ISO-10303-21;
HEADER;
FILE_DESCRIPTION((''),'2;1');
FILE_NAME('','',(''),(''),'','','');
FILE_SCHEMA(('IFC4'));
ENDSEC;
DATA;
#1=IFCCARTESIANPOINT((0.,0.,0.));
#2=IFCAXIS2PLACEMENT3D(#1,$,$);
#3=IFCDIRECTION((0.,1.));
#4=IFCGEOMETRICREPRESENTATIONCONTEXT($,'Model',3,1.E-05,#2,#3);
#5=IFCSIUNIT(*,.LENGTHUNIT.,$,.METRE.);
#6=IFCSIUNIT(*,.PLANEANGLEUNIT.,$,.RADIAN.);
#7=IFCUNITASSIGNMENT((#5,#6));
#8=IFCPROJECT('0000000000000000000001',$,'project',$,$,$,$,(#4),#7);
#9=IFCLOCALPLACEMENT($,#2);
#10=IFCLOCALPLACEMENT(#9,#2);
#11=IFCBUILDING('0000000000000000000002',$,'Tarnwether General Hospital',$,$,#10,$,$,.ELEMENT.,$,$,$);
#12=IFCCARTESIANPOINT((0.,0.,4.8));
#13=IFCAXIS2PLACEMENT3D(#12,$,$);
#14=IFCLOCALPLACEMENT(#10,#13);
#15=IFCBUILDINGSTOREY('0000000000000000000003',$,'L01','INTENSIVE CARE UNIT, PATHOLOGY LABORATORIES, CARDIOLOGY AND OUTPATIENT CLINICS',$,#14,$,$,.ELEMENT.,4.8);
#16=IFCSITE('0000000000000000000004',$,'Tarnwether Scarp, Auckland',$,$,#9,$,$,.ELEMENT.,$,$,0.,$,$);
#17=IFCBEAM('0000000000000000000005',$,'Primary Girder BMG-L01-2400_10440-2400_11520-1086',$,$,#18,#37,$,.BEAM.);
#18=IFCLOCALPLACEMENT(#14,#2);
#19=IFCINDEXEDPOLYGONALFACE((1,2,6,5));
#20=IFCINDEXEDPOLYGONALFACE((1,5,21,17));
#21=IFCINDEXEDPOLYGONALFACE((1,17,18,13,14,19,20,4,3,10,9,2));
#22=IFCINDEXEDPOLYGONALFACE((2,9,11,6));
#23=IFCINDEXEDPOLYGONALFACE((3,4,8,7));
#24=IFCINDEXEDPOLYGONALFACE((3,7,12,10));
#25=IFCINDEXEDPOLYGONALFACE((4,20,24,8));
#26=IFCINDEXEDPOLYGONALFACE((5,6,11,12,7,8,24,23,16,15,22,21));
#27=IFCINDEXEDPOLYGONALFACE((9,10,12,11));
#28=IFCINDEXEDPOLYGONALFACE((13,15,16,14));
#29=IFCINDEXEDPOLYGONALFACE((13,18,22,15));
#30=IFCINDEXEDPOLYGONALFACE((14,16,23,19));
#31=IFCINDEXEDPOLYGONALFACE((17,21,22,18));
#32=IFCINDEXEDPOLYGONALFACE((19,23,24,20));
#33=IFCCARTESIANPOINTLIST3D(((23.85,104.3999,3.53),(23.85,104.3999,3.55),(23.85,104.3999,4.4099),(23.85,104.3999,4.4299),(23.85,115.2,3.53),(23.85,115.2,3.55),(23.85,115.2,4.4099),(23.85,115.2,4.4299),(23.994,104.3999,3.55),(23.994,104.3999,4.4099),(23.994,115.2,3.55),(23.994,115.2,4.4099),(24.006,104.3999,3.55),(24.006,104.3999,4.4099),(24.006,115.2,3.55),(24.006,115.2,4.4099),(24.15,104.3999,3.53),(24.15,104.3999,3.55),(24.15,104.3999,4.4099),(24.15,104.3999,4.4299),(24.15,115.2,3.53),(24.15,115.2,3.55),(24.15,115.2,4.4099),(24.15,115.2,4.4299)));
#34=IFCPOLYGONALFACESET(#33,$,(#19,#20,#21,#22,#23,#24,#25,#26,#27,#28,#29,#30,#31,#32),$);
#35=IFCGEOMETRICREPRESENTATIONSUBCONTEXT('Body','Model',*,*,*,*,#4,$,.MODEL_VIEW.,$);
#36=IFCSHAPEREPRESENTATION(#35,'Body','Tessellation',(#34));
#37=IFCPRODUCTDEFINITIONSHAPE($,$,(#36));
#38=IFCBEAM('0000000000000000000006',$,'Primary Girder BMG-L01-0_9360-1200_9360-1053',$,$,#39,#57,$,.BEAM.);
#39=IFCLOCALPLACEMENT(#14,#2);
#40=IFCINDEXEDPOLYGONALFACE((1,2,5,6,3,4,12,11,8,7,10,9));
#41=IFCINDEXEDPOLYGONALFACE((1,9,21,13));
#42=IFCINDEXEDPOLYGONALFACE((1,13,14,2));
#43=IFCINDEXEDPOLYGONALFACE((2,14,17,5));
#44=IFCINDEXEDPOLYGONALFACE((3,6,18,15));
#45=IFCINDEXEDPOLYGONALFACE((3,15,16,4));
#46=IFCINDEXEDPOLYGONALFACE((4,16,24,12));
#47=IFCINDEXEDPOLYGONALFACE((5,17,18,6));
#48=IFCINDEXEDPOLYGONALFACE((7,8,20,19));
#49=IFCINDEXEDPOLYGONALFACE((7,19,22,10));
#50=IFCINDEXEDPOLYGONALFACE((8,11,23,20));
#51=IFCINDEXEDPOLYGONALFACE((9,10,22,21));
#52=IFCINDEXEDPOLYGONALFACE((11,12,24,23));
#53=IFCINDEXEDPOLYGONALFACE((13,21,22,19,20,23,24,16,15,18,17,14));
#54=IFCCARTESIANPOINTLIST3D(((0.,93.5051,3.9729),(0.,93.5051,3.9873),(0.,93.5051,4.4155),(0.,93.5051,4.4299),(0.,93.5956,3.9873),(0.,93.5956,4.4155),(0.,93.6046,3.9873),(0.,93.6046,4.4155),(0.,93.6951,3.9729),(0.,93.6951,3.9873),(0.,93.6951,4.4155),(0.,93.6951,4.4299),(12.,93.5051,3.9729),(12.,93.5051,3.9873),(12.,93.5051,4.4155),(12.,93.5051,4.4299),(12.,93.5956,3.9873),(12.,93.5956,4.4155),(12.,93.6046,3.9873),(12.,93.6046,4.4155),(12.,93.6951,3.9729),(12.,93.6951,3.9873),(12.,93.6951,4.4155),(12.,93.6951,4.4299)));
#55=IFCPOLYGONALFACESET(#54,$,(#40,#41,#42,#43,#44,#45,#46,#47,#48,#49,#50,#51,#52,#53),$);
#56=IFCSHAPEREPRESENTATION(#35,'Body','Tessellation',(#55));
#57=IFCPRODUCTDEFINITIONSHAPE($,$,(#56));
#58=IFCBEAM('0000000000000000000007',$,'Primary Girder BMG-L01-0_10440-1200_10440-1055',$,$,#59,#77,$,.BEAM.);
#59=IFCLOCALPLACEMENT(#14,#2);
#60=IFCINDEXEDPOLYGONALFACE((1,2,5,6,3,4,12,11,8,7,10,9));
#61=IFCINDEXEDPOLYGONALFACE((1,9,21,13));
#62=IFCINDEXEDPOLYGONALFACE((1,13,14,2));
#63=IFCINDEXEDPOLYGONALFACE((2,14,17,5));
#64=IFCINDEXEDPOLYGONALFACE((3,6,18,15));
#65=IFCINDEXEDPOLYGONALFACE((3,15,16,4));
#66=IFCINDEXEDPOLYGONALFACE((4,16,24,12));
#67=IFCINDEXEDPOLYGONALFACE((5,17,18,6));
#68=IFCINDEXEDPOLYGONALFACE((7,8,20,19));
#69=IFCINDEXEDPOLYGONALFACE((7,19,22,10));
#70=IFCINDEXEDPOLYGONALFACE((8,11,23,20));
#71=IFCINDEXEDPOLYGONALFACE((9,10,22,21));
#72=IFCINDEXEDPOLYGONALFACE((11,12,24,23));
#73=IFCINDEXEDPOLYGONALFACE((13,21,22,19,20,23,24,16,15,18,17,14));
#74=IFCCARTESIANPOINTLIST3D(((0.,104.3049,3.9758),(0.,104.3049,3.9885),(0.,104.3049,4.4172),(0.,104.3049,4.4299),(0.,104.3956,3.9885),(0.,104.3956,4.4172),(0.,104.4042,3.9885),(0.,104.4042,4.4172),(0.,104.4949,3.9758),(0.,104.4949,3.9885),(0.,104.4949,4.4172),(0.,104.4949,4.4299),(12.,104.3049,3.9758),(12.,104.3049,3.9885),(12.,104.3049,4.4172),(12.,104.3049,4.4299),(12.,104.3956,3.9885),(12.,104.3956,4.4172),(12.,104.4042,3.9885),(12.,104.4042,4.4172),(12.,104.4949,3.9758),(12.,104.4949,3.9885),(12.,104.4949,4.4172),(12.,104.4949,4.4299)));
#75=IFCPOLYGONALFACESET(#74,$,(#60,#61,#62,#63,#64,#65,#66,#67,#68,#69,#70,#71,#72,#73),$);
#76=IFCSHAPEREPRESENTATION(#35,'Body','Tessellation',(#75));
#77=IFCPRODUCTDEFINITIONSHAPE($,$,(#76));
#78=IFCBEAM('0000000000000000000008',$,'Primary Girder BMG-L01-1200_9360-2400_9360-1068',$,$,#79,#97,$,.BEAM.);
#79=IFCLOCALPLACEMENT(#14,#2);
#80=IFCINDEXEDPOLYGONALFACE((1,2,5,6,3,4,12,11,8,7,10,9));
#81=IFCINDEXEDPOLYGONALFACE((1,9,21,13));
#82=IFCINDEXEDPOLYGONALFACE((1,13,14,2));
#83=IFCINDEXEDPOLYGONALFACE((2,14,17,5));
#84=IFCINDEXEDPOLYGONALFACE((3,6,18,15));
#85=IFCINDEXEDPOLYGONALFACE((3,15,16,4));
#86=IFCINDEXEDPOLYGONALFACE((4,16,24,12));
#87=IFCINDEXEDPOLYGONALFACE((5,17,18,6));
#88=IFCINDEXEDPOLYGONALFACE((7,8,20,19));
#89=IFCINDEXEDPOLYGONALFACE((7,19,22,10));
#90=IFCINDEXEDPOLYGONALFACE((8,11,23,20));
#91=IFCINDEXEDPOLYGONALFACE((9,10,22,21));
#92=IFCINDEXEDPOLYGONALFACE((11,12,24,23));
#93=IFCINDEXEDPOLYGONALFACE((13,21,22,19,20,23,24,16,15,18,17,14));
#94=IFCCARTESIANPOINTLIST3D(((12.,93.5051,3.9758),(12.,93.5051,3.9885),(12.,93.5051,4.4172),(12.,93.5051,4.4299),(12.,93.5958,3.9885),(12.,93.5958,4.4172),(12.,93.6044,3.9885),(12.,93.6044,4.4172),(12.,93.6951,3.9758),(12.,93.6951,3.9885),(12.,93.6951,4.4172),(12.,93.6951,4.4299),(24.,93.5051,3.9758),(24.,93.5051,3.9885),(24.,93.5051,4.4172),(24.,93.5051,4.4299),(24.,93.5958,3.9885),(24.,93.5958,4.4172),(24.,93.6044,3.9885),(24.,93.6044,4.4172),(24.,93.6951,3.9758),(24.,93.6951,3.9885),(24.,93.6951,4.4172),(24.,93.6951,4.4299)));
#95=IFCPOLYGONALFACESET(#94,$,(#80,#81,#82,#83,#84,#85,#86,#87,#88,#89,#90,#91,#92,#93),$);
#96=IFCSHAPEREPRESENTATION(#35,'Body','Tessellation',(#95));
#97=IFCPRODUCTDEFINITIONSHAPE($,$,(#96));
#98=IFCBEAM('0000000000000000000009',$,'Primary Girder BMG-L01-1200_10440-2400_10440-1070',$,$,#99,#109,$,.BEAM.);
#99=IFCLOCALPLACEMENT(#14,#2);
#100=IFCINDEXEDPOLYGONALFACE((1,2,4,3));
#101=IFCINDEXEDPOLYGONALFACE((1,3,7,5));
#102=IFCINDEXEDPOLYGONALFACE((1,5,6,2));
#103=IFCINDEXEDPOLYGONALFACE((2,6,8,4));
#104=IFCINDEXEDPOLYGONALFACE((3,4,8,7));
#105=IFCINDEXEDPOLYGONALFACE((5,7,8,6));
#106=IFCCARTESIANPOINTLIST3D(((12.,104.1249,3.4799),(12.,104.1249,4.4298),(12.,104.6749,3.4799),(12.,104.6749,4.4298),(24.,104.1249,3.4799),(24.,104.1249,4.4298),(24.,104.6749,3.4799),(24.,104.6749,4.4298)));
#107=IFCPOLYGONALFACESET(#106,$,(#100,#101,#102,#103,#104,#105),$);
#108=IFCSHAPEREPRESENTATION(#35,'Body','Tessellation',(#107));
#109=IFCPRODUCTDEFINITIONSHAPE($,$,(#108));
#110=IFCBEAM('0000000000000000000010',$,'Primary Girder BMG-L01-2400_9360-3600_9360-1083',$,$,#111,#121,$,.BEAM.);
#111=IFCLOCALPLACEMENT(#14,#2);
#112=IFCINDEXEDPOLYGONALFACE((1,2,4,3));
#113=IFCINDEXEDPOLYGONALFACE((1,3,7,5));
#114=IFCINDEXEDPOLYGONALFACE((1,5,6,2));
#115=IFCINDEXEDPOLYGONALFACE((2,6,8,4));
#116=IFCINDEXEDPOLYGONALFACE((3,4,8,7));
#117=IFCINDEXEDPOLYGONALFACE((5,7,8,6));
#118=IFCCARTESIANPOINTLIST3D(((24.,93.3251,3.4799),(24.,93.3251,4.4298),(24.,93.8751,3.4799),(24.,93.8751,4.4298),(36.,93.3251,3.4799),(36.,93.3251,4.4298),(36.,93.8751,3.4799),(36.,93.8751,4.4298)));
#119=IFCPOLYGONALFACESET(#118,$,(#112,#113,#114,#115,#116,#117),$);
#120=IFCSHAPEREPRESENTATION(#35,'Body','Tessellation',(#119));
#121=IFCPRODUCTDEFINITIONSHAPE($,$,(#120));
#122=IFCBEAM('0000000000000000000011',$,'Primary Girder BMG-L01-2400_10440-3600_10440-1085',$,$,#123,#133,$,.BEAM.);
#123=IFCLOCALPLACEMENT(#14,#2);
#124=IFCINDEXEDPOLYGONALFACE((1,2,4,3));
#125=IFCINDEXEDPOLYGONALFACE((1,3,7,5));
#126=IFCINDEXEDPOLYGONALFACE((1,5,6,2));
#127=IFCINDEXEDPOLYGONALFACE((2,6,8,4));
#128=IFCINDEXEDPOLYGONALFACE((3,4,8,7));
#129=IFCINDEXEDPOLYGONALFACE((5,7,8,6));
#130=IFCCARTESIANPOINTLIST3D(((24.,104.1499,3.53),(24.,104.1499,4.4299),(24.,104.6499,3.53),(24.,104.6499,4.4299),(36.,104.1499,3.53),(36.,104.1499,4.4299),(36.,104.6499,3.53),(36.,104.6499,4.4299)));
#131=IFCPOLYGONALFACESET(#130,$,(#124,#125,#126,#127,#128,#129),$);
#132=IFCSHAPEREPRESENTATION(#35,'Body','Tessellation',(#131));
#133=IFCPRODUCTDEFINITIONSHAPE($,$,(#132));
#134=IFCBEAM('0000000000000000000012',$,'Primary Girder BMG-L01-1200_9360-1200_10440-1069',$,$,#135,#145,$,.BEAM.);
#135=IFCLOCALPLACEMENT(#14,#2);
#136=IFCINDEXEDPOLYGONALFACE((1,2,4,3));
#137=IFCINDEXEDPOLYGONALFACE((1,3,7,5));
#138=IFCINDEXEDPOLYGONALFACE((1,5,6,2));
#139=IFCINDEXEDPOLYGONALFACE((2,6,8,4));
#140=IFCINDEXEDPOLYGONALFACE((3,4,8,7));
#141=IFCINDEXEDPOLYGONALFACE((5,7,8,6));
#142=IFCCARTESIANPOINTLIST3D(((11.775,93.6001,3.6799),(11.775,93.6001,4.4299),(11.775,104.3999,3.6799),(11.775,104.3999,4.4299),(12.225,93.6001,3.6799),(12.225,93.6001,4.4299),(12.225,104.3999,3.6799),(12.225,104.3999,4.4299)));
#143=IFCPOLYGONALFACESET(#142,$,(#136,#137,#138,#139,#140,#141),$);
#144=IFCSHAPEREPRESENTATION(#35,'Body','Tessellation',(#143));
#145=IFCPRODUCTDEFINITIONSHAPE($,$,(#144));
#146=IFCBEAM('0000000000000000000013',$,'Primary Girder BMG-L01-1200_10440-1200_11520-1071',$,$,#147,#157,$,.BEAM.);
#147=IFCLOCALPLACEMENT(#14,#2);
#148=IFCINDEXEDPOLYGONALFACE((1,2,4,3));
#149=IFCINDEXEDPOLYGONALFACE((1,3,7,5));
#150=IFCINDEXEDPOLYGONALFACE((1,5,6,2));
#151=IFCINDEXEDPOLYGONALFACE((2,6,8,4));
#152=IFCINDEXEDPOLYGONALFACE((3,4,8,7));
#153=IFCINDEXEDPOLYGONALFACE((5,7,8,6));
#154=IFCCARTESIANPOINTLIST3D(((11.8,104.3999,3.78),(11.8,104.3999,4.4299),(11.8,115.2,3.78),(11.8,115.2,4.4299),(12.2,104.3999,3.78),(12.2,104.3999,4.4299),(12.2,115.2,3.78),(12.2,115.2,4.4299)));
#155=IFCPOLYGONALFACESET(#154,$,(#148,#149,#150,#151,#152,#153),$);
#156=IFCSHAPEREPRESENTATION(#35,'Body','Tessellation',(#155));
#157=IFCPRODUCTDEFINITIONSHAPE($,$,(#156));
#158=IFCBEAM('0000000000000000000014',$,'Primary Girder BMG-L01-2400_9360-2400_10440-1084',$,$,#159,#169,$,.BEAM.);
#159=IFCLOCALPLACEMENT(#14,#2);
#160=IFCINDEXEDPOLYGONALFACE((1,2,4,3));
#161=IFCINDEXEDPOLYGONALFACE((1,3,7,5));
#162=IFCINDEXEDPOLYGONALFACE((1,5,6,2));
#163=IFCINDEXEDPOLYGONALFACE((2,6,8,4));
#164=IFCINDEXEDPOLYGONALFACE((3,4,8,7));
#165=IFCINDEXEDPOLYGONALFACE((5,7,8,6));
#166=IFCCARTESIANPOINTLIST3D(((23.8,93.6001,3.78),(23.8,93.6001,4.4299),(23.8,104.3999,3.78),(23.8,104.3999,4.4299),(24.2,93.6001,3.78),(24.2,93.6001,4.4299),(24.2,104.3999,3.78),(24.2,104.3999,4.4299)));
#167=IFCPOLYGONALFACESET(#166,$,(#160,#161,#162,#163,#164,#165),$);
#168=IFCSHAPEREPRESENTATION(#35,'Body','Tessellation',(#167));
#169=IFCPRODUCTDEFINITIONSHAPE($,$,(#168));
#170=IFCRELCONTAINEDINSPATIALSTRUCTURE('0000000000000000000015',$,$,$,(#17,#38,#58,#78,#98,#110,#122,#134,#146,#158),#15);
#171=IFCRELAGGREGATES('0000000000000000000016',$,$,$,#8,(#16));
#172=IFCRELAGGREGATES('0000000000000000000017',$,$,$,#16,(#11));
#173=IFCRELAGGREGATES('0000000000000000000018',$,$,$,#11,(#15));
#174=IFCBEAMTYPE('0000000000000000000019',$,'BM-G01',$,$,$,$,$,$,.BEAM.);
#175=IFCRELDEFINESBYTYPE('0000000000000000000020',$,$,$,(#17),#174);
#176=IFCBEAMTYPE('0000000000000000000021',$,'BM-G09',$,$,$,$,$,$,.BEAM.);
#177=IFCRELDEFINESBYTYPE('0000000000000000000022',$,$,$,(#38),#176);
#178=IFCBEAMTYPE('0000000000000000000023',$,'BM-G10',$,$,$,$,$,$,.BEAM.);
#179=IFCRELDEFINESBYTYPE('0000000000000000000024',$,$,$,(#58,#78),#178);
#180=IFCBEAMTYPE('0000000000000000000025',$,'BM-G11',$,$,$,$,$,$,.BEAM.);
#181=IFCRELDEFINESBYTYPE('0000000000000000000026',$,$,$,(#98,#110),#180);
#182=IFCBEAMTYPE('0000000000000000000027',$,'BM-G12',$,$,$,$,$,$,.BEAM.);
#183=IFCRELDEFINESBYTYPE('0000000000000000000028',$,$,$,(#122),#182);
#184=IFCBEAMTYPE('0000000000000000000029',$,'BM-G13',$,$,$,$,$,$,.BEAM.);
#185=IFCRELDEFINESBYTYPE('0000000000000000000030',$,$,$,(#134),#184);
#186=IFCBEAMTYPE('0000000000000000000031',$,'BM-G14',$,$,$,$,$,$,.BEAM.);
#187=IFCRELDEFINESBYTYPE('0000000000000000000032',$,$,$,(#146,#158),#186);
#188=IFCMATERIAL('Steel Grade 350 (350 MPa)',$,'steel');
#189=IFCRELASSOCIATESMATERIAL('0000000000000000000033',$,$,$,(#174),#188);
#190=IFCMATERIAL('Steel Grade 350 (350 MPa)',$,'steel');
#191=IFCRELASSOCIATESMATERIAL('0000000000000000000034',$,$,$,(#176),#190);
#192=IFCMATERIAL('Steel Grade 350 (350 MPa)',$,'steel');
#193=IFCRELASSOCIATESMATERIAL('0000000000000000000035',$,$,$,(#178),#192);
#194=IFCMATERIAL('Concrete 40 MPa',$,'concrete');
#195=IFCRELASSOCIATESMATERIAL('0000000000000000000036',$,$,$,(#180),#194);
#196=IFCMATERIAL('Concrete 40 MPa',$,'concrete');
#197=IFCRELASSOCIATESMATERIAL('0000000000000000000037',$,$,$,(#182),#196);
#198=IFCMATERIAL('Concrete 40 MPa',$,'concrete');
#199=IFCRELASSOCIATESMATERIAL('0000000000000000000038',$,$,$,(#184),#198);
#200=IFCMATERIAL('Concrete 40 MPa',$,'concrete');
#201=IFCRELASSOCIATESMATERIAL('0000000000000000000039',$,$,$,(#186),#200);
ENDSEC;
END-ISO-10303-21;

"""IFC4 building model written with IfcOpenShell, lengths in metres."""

from ifc_helpers import new_model, si_unit, direction, frame, origin, origin_2d, place, context, subcontext, project, spatial, rectangle, i_section, extrude, material, material_profile, profile_set, type_object, element, save


model = new_model("IFC4")

# Units and contexts
model_context = context("Model", 3, precision=1e-05, world=origin(), true_north=direction((0.0, 1.0)))
body_context = subcontext(model_context, "Body", "Model", "MODEL_VIEW")
ifc_project = project(units=[si_unit("LENGTHUNIT", "METRE"), si_unit("PLANEANGLEUNIT", "RADIAN")], contexts=[model_context])

# Site, building, storey
site_placement = place(None, origin())
site = spatial("IfcSite", under=ifc_project, at=site_placement, Name="Tarnwether Scarp, Auckland", CompositionType="ELEMENT", RefElevation=0.0)
building_placement = place(site_placement, origin())
building = spatial("IfcBuilding", under=site, at=building_placement, Name="Tarnwether General Hospital", CompositionType="ELEMENT")
storey_placement = place(building_placement, frame((0.0, 0.0, 4.8)))
storey = spatial("IfcBuildingStorey", under=building, at=storey_placement, Name="L01", Description="INTENSIVE CARE UNIT, PATHOLOGY LABORATORIES, CARDIOLOGY AND OUTPATIENT CLINICS", CompositionType="ELEMENT", Elevation=4.8)

# Beams
ifc_material_1 = material(Name="Steel Grade 350 (350 MPa)", Category="steel")
ifc_material_profile_1 = material_profile(ifc_material_1, i_section(OverallWidth=0.3, OverallDepth=0.8999, WebThickness=0.012, FlangeThickness=0.02, at=origin_2d()), Name="900WB175")
ifc_profile_set_1 = profile_set([ifc_material_profile_1], Name="Steel Grade 350 (350 MPa)")
beam_type_1 = type_object("IfcBeamType", Name="BM-G01", PredefinedType="BEAM", material=ifc_profile_set_1)
beam_1_placement = place(storey_placement, frame((24.0, 104.3999, 3.98), z_axis=(0.0, 1.0, 0.0), x_axis=(-1.0, 0.0, 0.0)))
element("IfcBeam", 1, at=beam_1_placement, inside=storey, type_object=beam_type_1, Name="Primary Girder BMG-L01-2400_10440-2400_11520-1086", PredefinedType="BEAM", context=body_context, shape_type="SweptSolid", body=[
    extrude(i_section(OverallWidth=0.3, OverallDepth=0.8999, WebThickness=0.012, FlangeThickness=0.02, at=origin_2d()), origin(), (0.0, 0.0, 1.0), 10.8),
])
ifc_material_2 = material(Name="Steel Grade 350 (350 MPa)", Category="steel")
ifc_material_profile_2 = material_profile(ifc_material_2, i_section(OverallWidth=0.1899, OverallDepth=0.457, WebThickness=0.009, FlangeThickness=0.0144, at=origin_2d()), Name="460UB74.6")
ifc_profile_set_2 = profile_set([ifc_material_profile_2], Name="Steel Grade 350 (350 MPa)")
beam_type_2 = type_object("IfcBeamType", Name="BM-G09", PredefinedType="BEAM", material=ifc_profile_set_2)
beam_2_placement = place(storey_placement, frame((0.0, 93.6001, 4.2014), z_axis=(1.0, 0.0, 0.0), x_axis=(0.0, 1.0, 0.0)))
element("IfcBeam", 2, at=beam_2_placement, inside=storey, type_object=beam_type_2, Name="Primary Girder BMG-L01-0_9360-1200_9360-1053", PredefinedType="BEAM", context=body_context, shape_type="SweptSolid", body=[
    extrude(i_section(OverallWidth=0.1899, OverallDepth=0.457, WebThickness=0.009, FlangeThickness=0.0144, at=origin_2d()), origin(), (0.0, 0.0, 1.0), 12.0),
])
ifc_material_3 = material(Name="Steel Grade 350 (350 MPa)", Category="steel")
ifc_material_profile_3 = material_profile(ifc_material_3, i_section(OverallWidth=0.1899, OverallDepth=0.4541, WebThickness=0.0085, FlangeThickness=0.0127, at=origin_2d()), Name="460UB67.1")
ifc_profile_set_3 = profile_set([ifc_material_profile_3], Name="Steel Grade 350 (350 MPa)")
beam_type_3 = type_object("IfcBeamType", Name="BM-G10", PredefinedType="BEAM", material=ifc_profile_set_3)
for number, where, z_axis, x_axis, name in (
    (3, (0.0, 104.3999, 4.2029), (1.0, 0.0, 0.0), (0.0, 1.0, 0.0), "Primary Girder BMG-L01-0_10440-1200_10440-1055"),
    (4, (12.0, 93.6001, 4.2029), (1.0, 0.0, 0.0), (0.0, 1.0, 0.0), "Primary Girder BMG-L01-1200_9360-2400_9360-1068"),
):
    element("IfcBeam", number, at=place(storey_placement, frame(where, z_axis=z_axis, x_axis=x_axis)), inside=storey, type_object=beam_type_3, Name=name, PredefinedType="BEAM", context=body_context, shape_type="SweptSolid", body=[
        extrude(i_section(OverallWidth=0.1899, OverallDepth=0.4541, WebThickness=0.0085, FlangeThickness=0.0127, at=origin_2d()), origin(), (0.0, 0.0, 1.0), 12.0),
    ])
ifc_material_4 = material(Name="Concrete 40 MPa", Category="concrete")
ifc_material_profile_4 = material_profile(ifc_material_4, rectangle(XDim=0.55, YDim=0.95, at=origin_2d()), Name="RC-BM-550x950")
ifc_profile_set_4 = profile_set([ifc_material_profile_4], Name="Concrete 40 MPa")
beam_type_4 = type_object("IfcBeamType", Name="BM-G11", PredefinedType="BEAM", material=ifc_profile_set_4)
for number, where, z_axis, x_axis, name in (
    (5, (12.0, 104.3999, 3.9548), (1.0, 0.0, 0.0), (0.0, 1.0, 0.0), "Primary Girder BMG-L01-1200_10440-2400_10440-1070"),
    (6, (24.0, 93.6001, 3.9548), (1.0, 0.0, 0.0), (0.0, 1.0, 0.0), "Primary Girder BMG-L01-2400_9360-3600_9360-1083"),
):
    element("IfcBeam", number, at=place(storey_placement, frame(where, z_axis=z_axis, x_axis=x_axis)), inside=storey, type_object=beam_type_4, Name=name, PredefinedType="BEAM", context=body_context, shape_type="SweptSolid", body=[
        extrude(rectangle(XDim=0.55, YDim=0.95, at=origin_2d()), origin(), (0.0, 0.0, 1.0), 12.0),
    ])
ifc_material_5 = material(Name="Concrete 40 MPa", Category="concrete")
ifc_material_profile_5 = material_profile(ifc_material_5, rectangle(XDim=0.5, YDim=0.8999, at=origin_2d()), Name="RC-BM-500x900")
ifc_profile_set_5 = profile_set([ifc_material_profile_5], Name="Concrete 40 MPa")
beam_type_5 = type_object("IfcBeamType", Name="BM-G12", PredefinedType="BEAM", material=ifc_profile_set_5)
beam_3_placement = place(storey_placement, frame((24.0, 104.3999, 3.98), z_axis=(1.0, 0.0, 0.0), x_axis=(0.0, 1.0, 0.0)))
element("IfcBeam", 7, at=beam_3_placement, inside=storey, type_object=beam_type_5, Name="Primary Girder BMG-L01-2400_10440-3600_10440-1085", PredefinedType="BEAM", context=body_context, shape_type="SweptSolid", body=[
    extrude(rectangle(XDim=0.5, YDim=0.8999, at=origin_2d()), origin(), (0.0, 0.0, 1.0), 12.0),
])
ifc_material_6 = material(Name="Concrete 40 MPa", Category="concrete")
ifc_material_profile_6 = material_profile(ifc_material_6, rectangle(XDim=0.45, YDim=0.75, at=origin_2d()), Name="RC-BM-450x750")
ifc_profile_set_6 = profile_set([ifc_material_profile_6], Name="Concrete 40 MPa")
beam_type_6 = type_object("IfcBeamType", Name="BM-G13", PredefinedType="BEAM", material=ifc_profile_set_6)
beam_4_placement = place(storey_placement, frame((12.0, 93.6001, 4.0549), z_axis=(0.0, 1.0, 0.0), x_axis=(-1.0, 0.0, 0.0)))
element("IfcBeam", 8, at=beam_4_placement, inside=storey, type_object=beam_type_6, Name="Primary Girder BMG-L01-1200_9360-1200_10440-1069", PredefinedType="BEAM", context=body_context, shape_type="SweptSolid", body=[
    extrude(rectangle(XDim=0.45, YDim=0.75, at=origin_2d()), origin(), (0.0, 0.0, 1.0), 10.7998),
])
ifc_material_7 = material(Name="Concrete 40 MPa", Category="concrete")
ifc_material_profile_7 = material_profile(ifc_material_7, rectangle(XDim=0.3999, YDim=0.6499, at=origin_2d()), Name="RC-BM-400x650")
ifc_profile_set_7 = profile_set([ifc_material_profile_7], Name="Concrete 40 MPa")
beam_type_7 = type_object("IfcBeamType", Name="BM-G14", PredefinedType="BEAM", material=ifc_profile_set_7)
beam_5_placement = place(storey_placement, frame((12.0, 104.3999, 4.105), z_axis=(0.0, 1.0, 0.0), x_axis=(-1.0, 0.0, 0.0)))
element("IfcBeam", 9, at=beam_5_placement, inside=storey, type_object=beam_type_7, Name="Primary Girder BMG-L01-1200_10440-1200_11520-1071", PredefinedType="BEAM", context=body_context, shape_type="SweptSolid", body=[
    extrude(rectangle(XDim=0.3999, YDim=0.6499, at=origin_2d()), origin(), (0.0, 0.0, 1.0), 10.8),
])
beam_6_placement = place(storey_placement, frame((24.0, 93.6001, 4.105), z_axis=(0.0, 1.0, 0.0), x_axis=(-1.0, 0.0, 0.0)))
element("IfcBeam", 10, at=beam_6_placement, inside=storey, type_object=beam_type_7, Name="Primary Girder BMG-L01-2400_9360-2400_10440-1084", PredefinedType="BEAM", context=body_context, shape_type="SweptSolid", body=[
    extrude(rectangle(XDim=0.3999, YDim=0.6499, at=origin_2d()), origin(), (0.0, 0.0, 1.0), 10.7998),
])

save(model, "model.ifc")
